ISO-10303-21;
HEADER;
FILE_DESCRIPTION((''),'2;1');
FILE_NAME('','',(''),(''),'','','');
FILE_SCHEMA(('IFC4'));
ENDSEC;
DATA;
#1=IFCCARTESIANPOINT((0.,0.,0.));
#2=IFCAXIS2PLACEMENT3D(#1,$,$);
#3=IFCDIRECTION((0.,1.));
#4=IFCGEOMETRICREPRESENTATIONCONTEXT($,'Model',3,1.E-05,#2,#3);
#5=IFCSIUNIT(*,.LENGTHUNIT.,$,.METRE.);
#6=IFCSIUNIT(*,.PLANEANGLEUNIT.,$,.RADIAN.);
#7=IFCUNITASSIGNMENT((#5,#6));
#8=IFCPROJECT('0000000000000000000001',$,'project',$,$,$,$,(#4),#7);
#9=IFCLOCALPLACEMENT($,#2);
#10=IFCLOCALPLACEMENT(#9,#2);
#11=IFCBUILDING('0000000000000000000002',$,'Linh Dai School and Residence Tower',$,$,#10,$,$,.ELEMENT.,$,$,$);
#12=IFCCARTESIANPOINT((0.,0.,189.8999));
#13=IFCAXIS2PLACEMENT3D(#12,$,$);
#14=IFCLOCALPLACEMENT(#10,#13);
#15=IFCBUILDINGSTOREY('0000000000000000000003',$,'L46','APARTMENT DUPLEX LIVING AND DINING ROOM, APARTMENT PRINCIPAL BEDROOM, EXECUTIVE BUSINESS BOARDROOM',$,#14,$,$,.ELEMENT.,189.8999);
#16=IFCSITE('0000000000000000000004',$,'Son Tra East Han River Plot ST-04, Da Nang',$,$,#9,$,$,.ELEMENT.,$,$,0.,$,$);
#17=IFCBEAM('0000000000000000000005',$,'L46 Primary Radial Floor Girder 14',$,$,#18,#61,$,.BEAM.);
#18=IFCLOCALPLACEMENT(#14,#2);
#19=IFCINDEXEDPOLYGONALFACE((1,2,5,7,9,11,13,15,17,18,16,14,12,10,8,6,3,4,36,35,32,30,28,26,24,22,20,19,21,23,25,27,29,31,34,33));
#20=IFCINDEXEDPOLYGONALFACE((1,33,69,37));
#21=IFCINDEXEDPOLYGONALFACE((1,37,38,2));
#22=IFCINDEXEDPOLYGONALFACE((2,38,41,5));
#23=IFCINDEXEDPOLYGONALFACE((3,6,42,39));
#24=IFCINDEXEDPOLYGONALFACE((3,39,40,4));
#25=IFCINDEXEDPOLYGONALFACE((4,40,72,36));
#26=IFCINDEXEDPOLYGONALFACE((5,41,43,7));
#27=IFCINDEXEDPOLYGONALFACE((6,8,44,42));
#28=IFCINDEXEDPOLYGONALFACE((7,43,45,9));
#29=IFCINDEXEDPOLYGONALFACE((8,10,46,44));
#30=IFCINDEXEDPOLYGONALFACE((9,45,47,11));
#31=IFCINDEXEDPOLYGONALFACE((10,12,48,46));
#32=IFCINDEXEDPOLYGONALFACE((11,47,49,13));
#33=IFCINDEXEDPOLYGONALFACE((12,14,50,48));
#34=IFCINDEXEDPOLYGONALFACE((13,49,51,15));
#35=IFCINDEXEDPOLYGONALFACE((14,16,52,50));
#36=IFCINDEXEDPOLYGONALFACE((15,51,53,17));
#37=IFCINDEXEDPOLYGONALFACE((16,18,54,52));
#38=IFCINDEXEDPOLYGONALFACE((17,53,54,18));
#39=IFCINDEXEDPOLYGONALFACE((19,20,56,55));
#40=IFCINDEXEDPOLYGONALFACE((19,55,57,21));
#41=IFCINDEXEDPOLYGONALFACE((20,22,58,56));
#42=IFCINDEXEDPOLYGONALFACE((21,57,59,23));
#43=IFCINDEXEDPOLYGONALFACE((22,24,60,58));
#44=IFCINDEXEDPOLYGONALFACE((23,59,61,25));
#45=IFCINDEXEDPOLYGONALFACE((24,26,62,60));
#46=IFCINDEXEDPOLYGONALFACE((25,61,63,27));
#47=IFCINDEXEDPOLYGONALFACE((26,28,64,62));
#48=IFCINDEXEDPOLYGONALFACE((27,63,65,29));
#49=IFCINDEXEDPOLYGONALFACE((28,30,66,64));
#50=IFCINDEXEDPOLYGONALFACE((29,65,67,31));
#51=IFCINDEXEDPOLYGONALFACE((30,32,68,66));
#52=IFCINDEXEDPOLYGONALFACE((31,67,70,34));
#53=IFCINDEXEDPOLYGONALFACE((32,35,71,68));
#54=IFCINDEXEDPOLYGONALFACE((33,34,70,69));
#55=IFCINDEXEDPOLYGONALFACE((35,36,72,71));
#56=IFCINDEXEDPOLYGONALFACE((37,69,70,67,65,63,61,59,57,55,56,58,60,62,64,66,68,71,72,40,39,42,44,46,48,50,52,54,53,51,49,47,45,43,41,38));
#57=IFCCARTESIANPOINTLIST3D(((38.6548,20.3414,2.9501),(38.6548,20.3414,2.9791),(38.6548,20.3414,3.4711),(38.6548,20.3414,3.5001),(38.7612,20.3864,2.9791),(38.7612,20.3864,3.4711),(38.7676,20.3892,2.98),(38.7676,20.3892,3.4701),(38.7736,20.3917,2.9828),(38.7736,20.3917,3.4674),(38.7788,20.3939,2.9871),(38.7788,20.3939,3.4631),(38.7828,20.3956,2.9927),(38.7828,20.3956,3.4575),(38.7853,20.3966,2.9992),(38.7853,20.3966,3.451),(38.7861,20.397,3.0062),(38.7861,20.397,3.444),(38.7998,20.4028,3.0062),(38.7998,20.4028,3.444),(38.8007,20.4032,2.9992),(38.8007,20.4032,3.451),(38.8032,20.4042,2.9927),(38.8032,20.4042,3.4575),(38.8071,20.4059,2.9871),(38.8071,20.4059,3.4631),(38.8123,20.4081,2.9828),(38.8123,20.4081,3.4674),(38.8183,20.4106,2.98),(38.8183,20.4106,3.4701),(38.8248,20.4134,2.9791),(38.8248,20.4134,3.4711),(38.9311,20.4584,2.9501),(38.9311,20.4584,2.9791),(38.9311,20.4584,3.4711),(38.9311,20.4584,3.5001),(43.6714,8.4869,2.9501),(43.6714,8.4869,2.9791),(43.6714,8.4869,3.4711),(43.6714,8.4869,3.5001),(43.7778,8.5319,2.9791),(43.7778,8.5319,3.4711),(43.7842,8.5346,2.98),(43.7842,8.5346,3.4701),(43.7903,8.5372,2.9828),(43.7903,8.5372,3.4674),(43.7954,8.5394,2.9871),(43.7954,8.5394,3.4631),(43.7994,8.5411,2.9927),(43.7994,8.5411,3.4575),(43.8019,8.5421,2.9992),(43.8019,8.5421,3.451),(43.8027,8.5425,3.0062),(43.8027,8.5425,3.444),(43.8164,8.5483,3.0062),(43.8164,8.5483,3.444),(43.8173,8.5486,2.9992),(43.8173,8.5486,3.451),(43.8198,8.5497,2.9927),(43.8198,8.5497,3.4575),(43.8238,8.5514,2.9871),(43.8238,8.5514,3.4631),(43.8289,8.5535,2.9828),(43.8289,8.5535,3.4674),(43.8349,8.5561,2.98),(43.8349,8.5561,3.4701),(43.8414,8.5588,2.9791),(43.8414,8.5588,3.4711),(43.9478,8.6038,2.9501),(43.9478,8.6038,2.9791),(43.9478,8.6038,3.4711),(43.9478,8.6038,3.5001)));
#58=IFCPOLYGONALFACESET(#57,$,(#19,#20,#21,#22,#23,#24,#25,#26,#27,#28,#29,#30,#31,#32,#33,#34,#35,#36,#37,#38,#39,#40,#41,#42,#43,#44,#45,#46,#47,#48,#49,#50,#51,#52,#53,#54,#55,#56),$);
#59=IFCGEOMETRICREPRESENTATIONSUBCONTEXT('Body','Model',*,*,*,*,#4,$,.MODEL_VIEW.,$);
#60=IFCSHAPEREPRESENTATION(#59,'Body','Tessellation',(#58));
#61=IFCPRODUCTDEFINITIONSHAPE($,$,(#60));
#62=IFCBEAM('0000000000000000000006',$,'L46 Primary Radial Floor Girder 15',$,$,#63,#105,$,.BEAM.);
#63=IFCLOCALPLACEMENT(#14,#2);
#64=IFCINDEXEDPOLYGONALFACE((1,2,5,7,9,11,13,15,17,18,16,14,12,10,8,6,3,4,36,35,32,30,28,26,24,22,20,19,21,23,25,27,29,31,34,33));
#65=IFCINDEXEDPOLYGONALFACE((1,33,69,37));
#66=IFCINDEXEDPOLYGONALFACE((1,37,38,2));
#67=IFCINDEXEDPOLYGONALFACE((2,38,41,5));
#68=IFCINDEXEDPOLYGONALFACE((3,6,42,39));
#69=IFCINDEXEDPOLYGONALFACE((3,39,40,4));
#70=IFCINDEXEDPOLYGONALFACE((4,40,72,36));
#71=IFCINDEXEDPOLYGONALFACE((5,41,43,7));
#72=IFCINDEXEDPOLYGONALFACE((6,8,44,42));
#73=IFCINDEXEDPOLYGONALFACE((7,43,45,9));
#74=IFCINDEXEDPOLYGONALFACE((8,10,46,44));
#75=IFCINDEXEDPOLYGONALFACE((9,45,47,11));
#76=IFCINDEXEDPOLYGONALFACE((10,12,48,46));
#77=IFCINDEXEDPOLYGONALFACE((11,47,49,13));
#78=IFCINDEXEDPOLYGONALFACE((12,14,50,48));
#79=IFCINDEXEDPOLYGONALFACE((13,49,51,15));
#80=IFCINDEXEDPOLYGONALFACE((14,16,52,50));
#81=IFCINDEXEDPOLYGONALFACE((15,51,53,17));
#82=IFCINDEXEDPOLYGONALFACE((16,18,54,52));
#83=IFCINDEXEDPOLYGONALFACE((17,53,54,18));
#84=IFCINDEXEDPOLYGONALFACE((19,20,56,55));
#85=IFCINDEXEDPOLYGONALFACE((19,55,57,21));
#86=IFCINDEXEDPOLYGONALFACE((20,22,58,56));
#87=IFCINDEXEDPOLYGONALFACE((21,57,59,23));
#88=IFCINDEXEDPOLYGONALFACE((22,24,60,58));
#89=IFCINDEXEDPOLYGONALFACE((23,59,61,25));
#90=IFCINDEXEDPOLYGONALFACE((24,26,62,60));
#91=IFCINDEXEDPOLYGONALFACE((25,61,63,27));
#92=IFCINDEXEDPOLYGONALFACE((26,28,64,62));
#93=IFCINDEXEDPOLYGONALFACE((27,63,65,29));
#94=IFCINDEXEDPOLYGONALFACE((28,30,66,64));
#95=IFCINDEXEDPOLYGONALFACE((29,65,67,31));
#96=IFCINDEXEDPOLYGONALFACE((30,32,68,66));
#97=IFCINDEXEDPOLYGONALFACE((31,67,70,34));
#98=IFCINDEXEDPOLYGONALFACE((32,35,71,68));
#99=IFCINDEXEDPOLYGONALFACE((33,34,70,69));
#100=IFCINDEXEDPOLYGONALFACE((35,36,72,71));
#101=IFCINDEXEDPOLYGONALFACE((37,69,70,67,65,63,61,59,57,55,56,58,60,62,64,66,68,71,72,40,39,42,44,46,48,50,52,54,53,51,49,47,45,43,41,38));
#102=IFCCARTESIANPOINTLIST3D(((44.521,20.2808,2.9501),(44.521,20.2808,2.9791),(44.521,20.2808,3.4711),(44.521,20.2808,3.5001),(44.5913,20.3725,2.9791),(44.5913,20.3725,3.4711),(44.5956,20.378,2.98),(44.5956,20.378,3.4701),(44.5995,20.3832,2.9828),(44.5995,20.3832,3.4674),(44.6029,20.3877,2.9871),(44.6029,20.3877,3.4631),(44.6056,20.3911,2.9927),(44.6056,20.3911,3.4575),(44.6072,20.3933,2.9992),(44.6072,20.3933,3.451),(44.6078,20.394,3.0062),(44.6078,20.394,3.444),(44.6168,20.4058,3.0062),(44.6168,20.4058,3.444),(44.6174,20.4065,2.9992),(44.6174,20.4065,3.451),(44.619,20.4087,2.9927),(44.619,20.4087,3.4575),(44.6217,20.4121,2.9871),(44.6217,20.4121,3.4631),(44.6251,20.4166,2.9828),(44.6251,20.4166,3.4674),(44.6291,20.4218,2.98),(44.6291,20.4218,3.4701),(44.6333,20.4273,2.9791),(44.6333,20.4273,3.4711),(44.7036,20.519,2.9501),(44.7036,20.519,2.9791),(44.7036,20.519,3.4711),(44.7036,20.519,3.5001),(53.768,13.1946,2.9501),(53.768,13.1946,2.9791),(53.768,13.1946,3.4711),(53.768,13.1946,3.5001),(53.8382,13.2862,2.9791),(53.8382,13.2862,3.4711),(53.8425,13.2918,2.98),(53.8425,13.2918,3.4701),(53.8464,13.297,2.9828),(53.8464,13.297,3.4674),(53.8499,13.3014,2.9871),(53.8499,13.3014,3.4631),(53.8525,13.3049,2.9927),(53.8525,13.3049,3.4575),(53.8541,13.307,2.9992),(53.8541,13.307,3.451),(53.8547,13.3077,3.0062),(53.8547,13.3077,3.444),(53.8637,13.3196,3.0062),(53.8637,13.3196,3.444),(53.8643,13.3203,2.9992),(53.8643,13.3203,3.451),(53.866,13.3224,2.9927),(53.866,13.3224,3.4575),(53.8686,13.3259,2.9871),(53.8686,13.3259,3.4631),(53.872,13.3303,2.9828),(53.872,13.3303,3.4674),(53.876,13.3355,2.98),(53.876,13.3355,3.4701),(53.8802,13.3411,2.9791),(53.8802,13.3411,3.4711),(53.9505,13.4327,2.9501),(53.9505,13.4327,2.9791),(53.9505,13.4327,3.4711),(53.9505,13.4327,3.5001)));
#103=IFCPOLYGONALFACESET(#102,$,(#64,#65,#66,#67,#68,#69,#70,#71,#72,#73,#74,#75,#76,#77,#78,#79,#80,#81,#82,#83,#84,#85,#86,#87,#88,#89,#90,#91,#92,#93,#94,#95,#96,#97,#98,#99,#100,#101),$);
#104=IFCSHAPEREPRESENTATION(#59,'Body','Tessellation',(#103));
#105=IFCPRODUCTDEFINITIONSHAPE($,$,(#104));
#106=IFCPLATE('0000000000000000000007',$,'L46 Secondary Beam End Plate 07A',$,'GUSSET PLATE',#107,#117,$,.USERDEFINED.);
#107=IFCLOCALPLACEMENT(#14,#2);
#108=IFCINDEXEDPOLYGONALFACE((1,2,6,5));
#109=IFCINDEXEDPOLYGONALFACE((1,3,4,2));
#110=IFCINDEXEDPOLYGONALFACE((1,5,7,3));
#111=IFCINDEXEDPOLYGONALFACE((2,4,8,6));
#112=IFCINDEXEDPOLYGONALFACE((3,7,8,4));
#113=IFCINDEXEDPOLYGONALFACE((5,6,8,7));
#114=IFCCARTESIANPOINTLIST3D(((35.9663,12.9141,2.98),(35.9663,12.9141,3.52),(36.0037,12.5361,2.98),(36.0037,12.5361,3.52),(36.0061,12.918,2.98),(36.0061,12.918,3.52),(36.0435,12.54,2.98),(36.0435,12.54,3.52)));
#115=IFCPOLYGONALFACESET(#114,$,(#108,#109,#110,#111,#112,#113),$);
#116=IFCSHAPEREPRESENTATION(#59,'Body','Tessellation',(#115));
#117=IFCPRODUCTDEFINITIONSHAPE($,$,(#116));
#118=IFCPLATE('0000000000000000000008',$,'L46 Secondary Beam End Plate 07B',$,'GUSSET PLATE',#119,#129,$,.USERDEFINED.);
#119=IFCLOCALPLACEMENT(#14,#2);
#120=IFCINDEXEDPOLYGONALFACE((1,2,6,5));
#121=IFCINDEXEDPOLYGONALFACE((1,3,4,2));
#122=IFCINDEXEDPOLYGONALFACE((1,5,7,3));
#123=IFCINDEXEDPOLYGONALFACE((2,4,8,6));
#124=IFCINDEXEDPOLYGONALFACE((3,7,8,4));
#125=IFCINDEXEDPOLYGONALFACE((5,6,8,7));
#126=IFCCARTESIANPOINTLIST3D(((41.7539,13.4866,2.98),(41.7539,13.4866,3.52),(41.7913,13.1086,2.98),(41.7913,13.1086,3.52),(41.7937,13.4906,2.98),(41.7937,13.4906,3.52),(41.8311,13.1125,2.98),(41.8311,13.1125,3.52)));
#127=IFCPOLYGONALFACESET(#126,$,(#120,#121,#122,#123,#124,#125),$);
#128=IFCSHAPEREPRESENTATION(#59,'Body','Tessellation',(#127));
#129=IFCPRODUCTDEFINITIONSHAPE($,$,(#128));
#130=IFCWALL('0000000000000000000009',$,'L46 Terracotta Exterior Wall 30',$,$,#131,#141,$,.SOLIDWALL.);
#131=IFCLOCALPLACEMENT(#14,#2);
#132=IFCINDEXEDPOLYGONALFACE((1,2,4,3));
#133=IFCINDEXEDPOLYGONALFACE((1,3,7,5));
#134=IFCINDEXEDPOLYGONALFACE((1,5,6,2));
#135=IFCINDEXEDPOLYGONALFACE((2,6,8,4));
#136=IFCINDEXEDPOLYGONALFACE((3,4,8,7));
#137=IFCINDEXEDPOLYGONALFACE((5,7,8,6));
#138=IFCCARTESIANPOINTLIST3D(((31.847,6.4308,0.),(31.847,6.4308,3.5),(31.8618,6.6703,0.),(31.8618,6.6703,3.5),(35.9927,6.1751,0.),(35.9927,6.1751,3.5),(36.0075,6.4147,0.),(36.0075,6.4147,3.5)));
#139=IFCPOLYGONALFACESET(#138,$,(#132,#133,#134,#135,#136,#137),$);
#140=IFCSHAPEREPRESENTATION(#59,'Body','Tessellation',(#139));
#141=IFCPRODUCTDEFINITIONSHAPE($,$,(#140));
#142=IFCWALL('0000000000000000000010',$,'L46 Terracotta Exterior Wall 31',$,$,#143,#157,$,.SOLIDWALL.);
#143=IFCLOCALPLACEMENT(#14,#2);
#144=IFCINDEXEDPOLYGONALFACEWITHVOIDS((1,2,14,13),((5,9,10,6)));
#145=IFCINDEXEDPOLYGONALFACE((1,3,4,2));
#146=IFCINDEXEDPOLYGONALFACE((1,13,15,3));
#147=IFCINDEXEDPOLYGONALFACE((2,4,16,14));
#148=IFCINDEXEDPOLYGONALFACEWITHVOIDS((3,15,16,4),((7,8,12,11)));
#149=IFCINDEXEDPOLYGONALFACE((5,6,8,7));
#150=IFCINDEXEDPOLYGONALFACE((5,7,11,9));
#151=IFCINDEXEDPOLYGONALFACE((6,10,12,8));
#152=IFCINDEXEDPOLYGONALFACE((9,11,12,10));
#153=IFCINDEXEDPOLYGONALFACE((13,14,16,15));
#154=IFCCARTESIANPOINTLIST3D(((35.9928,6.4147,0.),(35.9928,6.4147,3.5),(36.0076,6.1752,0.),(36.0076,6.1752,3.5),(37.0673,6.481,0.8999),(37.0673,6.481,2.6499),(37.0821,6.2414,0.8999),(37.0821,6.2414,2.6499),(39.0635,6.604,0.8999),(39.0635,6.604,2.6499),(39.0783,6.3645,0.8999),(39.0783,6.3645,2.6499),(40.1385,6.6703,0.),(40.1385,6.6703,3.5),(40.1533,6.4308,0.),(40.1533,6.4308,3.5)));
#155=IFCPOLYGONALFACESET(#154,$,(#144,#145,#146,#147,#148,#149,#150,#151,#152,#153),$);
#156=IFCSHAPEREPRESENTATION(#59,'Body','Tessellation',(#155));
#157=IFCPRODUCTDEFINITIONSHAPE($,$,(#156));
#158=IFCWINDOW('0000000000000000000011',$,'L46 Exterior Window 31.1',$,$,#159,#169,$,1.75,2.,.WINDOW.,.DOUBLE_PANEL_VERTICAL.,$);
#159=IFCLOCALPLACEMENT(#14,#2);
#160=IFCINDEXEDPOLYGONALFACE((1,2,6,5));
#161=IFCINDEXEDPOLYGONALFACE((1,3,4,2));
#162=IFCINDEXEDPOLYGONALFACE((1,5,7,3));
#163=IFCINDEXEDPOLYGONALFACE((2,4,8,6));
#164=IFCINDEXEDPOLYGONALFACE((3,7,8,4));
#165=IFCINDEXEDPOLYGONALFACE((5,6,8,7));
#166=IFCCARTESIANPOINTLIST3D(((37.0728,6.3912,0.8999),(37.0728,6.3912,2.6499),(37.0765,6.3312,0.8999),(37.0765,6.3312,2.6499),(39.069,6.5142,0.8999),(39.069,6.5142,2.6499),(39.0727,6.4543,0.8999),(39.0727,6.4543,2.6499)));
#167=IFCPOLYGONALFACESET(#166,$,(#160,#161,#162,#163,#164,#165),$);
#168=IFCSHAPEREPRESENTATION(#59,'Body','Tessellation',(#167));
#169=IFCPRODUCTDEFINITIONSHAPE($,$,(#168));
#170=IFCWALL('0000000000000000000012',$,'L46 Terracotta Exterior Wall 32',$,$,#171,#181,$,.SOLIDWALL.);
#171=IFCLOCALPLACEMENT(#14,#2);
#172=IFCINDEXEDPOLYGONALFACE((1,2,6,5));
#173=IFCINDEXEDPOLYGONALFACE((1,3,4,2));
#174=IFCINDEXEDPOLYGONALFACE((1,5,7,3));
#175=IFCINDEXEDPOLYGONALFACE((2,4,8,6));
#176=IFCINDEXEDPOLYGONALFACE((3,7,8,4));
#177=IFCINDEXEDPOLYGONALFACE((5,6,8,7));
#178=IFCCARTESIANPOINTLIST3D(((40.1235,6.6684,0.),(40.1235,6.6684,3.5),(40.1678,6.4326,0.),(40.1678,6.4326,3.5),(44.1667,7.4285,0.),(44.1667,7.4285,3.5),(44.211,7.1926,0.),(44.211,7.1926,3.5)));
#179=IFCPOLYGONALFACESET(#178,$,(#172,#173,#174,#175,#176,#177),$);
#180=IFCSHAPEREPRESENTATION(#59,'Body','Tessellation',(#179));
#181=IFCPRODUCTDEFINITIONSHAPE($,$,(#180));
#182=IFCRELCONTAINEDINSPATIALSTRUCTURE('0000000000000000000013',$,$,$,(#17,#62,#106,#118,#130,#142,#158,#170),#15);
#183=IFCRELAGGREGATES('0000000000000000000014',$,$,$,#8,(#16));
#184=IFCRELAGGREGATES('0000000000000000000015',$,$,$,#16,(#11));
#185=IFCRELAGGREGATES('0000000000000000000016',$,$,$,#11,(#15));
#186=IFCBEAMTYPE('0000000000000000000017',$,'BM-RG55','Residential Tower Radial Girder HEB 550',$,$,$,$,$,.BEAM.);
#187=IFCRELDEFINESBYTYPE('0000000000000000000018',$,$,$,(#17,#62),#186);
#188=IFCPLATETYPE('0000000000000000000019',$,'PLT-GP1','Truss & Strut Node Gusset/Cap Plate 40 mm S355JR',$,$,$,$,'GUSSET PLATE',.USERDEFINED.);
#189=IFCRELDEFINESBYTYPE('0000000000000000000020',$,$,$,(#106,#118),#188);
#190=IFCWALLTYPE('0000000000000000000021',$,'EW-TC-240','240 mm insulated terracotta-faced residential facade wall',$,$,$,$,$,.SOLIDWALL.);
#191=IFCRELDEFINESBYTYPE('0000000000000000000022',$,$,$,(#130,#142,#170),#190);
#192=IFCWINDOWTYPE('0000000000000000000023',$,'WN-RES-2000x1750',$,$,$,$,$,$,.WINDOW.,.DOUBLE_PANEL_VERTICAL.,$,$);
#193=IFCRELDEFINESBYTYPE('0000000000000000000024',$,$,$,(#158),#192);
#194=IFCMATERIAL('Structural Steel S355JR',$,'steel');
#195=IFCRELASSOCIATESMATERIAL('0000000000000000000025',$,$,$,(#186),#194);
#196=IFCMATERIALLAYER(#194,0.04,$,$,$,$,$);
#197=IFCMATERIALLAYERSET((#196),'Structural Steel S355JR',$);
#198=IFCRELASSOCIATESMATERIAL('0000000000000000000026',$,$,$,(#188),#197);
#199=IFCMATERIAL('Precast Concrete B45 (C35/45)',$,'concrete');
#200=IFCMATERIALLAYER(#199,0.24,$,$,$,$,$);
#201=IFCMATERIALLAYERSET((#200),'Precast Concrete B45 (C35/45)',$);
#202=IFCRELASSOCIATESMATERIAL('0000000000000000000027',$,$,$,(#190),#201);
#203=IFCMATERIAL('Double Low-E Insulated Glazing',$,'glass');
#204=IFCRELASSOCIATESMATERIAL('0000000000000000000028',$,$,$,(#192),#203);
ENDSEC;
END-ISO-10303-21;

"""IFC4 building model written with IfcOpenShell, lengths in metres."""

from ifc_helpers import new_model, si_unit, direction, frame, frame_2d, origin, origin_2d, place, context, subcontext, project, spatial, rectangle, i_section, extrude, source, transform, mapped, material, layer, layer_set, material_profile, profile_set, type_object, element, fill, save


model = new_model("IFC4")

# Units and contexts
model_context = context("Model", 3, precision=1e-05, world=origin(), true_north=direction((0.0, 1.0)))
body_context = subcontext(model_context, "Body", "Model", "MODEL_VIEW")
ifc_project = project(units=[si_unit("LENGTHUNIT", "METRE"), si_unit("PLANEANGLEUNIT", "RADIAN")], contexts=[model_context])

# Site, building, storey
site_placement = place(None, origin())
site = spatial("IfcSite", under=ifc_project, at=site_placement, Name="Son Tra East Han River Plot ST-04, Da Nang", CompositionType="ELEMENT", RefElevation=0.0)
building_placement = place(site_placement, origin())
building = spatial("IfcBuilding", under=site, at=building_placement, Name="Linh Dai School and Residence Tower", CompositionType="ELEMENT")
storey_placement = place(building_placement, frame((0.0, 0.0, 189.8999)))
storey = spatial("IfcBuildingStorey", under=building, at=storey_placement, Name="L46", Description="APARTMENT DUPLEX LIVING AND DINING ROOM, APARTMENT PRINCIPAL BEDROOM, EXECUTIVE BUSINESS BOARDROOM", CompositionType="ELEMENT", Elevation=189.8999)

# Shared definitions
ifc_material_1 = material(Name="Structural Steel S355JR", Category="steel")

# Beams
ifc_material_profile_1 = material_profile(ifc_material_1, i_section(OverallWidth=0.3, OverallDepth=0.55, WebThickness=0.0149, FlangeThickness=0.0291, FilletRadius=0.0271, at=origin_2d()), Name="HEB 550")
ifc_profile_set_1 = profile_set([ifc_material_profile_1], Name="Structural Steel S355JR")
beam_type_1 = type_object("IfcBeamType", Name="BM-RG55", Description="Residential Tower Radial Girder HEB 550", PredefinedType="BEAM", material=ifc_profile_set_1)
beam_1_placement = place(storey_placement, frame((38.793, 20.3999, 3.2251), z_axis=(0.389722, -0.920933, 0.0), x_axis=(0.920933, 0.389722, 0.0)))
element("IfcBeam", 1, at=beam_1_placement, inside=storey, type_object=beam_type_1, Name="L46 Primary Radial Floor Girder 14", PredefinedType="BEAM", context=body_context, shape_type="SweptSolid", body=[
    extrude(i_section(OverallWidth=0.3, OverallDepth=0.55, WebThickness=0.0149, FlangeThickness=0.0291, FilletRadius=0.0271, at=origin_2d()), origin(), (0.0, 0.0, 1.0), 12.8723),
])
beam_2_placement = place(storey_placement, frame((44.6123, 20.3999, 3.2251), z_axis=(0.793733, -0.608267, 0.0), x_axis=(0.608267, 0.793733, 0.0)))
element("IfcBeam", 2, at=beam_2_placement, inside=storey, type_object=beam_type_1, Name="L46 Primary Radial Floor Girder 15", PredefinedType="BEAM", context=body_context, shape_type="SweptSolid", body=[
    extrude(i_section(OverallWidth=0.3, OverallDepth=0.55, WebThickness=0.0149, FlangeThickness=0.0291, FilletRadius=0.0271, at=origin_2d()), origin(), (0.0, 0.0, 1.0), 11.6499),
])

# Plates
ifc_layer_1 = layer(ifc_material_1, 0.04)
ifc_layer_set_1 = layer_set([ifc_layer_1], Name="Structural Steel S355JR")
plate_type = type_object("IfcPlateType", Name="PLT-GP1", Description="Truss & Strut Node Gusset/Cap Plate 40 mm S355JR", ElementType="GUSSET PLATE", PredefinedType="USERDEFINED", material=ifc_layer_set_1)
shared_shape_1 = source(origin(), body_context, "Body", "SweptSolid", [
    extrude(rectangle(XDim=0.04, YDim=0.3799, at=origin_2d()), origin(), (0.0, 0.0, 1.0), 0.54),
])
for number, where, z_axis, x_axis, name in (
    (3, (36.0049, 12.7271, 2.98), (0.0, 0.0, 1.0), (0.995145, 0.098423, 0.0), "L46 Secondary Beam End Plate 07A"),
    (4, (41.7925, 13.2996, 2.98), (0.0, 0.0, 1.0), (0.995145, 0.098423, 0.0), "L46 Secondary Beam End Plate 07B"),
):
    element("IfcPlate", number, at=place(storey_placement, frame(where, z_axis=z_axis, x_axis=x_axis)), inside=storey, type_object=plate_type, Name=name, ObjectType="GUSSET PLATE", PredefinedType="USERDEFINED", context=body_context, shape_type="MappedRepresentation", body=[
        mapped(shared_shape_1, transform((0.0, 0.0, 0.0), x_axis=(1.0, 0.0, 0.0), y_axis=(0.0, 1.0, 0.0), z_axis=(0.0, 0.0, 1.0), scale=1.0)),
    ])

# Wall
ifc_material_2 = material(Name="Precast Concrete B45 (C35/45)", Category="concrete")
ifc_layer_2 = layer(ifc_material_2, 0.24)
ifc_layer_set_2 = layer_set([ifc_layer_2], Name="Precast Concrete B45 (C35/45)")
wall_type_1 = type_object("IfcWallType", Name="EW-TC-240", Description="240 mm insulated terracotta-faced residential facade wall", PredefinedType="SOLIDWALL", material=ifc_layer_set_2)
wall_1_placement = place(storey_placement, frame((36.0, 6.2949, 0.0), z_axis=(0.0, 0.0, 1.0), x_axis=(-0.998105, 0.06154, 0.0)))
element("IfcWall", 5, at=wall_1_placement, inside=storey, type_object=wall_type_1, Name="L46 Terracotta Exterior Wall 30", PredefinedType="SOLIDWALL", context=body_context, shape_type="SweptSolid", body=[
    extrude(rectangle(XDim=4.1536, YDim=0.24, at=frame_2d((2.0767, 0.0))), origin(), (0.0, 0.0, 1.0), 3.5),
])

# Wall, opening, window
wall_2_placement = place(storey_placement, frame((40.1458, 6.5505, 0.0), z_axis=(0.0, 0.0, 1.0), x_axis=(-0.998105, -0.06154, 0.0)))
wall_2 = element("IfcWall", 6, at=wall_2_placement, inside=storey, type_object=wall_type_1, Name="L46 Terracotta Exterior Wall 31", PredefinedType="SOLIDWALL", context=body_context, shape_type="SweptSolid", body=[
    extrude(rectangle(XDim=4.1536, YDim=0.24, at=frame_2d((2.0767, 0.0))), origin(), (0.0, 0.0, 1.0), 3.5),
])
opening_1_placement = place(wall_2_placement, frame((1.0769, 0.0, 0.8999)))
opening_1 = element("IfcOpeningElement", 7, at=opening_1_placement, cuts=wall_2, PredefinedType="OPENING", context=body_context, shape_type="SweptSolid", body=[
    extrude(rectangle(XDim=2.0, YDim=1.75, at=origin_2d()), frame((1.0, 0.1299, 0.875), z_axis=(0.0, -1.0, 0.0), x_axis=(1.0, 0.0, 0.0)), (0.0, 0.0, 1.0), 0.26),
])
ifc_material_3 = material(Name="Double Low-E Insulated Glazing", Category="glass")
window_type = type_object("IfcWindowType", Name="WN-RES-2000x1750", PartitioningType="DOUBLE_PANEL_VERTICAL", PredefinedType="WINDOW", material=ifc_material_3)
shared_shape_2 = source(origin(), body_context, "Body", "SweptSolid", [
    extrude(rectangle(XDim=2.0, YDim=1.75, at=origin_2d()), frame((1.0, 0.03, 0.875), z_axis=(0.0, -1.0, 0.0), x_axis=(1.0, 0.0, 0.0)), (0.0, 0.0, 1.0), 0.0601),
])
window_placement = place(opening_1_placement, origin())
window = element("IfcWindow", 8, at=window_placement, inside=storey, type_object=window_type, Name="L46 Exterior Window 31.1", OverallHeight=1.75, OverallWidth=2.0, PartitioningType="DOUBLE_PANEL_VERTICAL", PredefinedType="WINDOW", context=body_context, shape_type="MappedRepresentation", body=[
    mapped(shared_shape_2, transform((0.0, 0.0, 0.0), x_axis=(1.0, 0.0, 0.0), y_axis=(0.0, 1.0, 0.0), z_axis=(0.0, 0.0, 1.0), scale=1.0)),
])
fill(opening_1, window)

# Wall
wall_3_placement = place(storey_placement, frame((44.189, 7.3105, 0.0), z_axis=(0.0, 0.0, 1.0), x_axis=(-0.982788, -0.184736, 0.0)))
element("IfcWall", 9, at=wall_3_placement, inside=storey, type_object=wall_type_1, Name="L46 Terracotta Exterior Wall 32", PredefinedType="SOLIDWALL", context=body_context, shape_type="SweptSolid", body=[
    extrude(rectangle(XDim=4.114, YDim=0.24, at=frame_2d((2.0571, 0.0))), origin(), (0.0, 0.0, 1.0), 3.5),
])

save(model, "model.ifc")
